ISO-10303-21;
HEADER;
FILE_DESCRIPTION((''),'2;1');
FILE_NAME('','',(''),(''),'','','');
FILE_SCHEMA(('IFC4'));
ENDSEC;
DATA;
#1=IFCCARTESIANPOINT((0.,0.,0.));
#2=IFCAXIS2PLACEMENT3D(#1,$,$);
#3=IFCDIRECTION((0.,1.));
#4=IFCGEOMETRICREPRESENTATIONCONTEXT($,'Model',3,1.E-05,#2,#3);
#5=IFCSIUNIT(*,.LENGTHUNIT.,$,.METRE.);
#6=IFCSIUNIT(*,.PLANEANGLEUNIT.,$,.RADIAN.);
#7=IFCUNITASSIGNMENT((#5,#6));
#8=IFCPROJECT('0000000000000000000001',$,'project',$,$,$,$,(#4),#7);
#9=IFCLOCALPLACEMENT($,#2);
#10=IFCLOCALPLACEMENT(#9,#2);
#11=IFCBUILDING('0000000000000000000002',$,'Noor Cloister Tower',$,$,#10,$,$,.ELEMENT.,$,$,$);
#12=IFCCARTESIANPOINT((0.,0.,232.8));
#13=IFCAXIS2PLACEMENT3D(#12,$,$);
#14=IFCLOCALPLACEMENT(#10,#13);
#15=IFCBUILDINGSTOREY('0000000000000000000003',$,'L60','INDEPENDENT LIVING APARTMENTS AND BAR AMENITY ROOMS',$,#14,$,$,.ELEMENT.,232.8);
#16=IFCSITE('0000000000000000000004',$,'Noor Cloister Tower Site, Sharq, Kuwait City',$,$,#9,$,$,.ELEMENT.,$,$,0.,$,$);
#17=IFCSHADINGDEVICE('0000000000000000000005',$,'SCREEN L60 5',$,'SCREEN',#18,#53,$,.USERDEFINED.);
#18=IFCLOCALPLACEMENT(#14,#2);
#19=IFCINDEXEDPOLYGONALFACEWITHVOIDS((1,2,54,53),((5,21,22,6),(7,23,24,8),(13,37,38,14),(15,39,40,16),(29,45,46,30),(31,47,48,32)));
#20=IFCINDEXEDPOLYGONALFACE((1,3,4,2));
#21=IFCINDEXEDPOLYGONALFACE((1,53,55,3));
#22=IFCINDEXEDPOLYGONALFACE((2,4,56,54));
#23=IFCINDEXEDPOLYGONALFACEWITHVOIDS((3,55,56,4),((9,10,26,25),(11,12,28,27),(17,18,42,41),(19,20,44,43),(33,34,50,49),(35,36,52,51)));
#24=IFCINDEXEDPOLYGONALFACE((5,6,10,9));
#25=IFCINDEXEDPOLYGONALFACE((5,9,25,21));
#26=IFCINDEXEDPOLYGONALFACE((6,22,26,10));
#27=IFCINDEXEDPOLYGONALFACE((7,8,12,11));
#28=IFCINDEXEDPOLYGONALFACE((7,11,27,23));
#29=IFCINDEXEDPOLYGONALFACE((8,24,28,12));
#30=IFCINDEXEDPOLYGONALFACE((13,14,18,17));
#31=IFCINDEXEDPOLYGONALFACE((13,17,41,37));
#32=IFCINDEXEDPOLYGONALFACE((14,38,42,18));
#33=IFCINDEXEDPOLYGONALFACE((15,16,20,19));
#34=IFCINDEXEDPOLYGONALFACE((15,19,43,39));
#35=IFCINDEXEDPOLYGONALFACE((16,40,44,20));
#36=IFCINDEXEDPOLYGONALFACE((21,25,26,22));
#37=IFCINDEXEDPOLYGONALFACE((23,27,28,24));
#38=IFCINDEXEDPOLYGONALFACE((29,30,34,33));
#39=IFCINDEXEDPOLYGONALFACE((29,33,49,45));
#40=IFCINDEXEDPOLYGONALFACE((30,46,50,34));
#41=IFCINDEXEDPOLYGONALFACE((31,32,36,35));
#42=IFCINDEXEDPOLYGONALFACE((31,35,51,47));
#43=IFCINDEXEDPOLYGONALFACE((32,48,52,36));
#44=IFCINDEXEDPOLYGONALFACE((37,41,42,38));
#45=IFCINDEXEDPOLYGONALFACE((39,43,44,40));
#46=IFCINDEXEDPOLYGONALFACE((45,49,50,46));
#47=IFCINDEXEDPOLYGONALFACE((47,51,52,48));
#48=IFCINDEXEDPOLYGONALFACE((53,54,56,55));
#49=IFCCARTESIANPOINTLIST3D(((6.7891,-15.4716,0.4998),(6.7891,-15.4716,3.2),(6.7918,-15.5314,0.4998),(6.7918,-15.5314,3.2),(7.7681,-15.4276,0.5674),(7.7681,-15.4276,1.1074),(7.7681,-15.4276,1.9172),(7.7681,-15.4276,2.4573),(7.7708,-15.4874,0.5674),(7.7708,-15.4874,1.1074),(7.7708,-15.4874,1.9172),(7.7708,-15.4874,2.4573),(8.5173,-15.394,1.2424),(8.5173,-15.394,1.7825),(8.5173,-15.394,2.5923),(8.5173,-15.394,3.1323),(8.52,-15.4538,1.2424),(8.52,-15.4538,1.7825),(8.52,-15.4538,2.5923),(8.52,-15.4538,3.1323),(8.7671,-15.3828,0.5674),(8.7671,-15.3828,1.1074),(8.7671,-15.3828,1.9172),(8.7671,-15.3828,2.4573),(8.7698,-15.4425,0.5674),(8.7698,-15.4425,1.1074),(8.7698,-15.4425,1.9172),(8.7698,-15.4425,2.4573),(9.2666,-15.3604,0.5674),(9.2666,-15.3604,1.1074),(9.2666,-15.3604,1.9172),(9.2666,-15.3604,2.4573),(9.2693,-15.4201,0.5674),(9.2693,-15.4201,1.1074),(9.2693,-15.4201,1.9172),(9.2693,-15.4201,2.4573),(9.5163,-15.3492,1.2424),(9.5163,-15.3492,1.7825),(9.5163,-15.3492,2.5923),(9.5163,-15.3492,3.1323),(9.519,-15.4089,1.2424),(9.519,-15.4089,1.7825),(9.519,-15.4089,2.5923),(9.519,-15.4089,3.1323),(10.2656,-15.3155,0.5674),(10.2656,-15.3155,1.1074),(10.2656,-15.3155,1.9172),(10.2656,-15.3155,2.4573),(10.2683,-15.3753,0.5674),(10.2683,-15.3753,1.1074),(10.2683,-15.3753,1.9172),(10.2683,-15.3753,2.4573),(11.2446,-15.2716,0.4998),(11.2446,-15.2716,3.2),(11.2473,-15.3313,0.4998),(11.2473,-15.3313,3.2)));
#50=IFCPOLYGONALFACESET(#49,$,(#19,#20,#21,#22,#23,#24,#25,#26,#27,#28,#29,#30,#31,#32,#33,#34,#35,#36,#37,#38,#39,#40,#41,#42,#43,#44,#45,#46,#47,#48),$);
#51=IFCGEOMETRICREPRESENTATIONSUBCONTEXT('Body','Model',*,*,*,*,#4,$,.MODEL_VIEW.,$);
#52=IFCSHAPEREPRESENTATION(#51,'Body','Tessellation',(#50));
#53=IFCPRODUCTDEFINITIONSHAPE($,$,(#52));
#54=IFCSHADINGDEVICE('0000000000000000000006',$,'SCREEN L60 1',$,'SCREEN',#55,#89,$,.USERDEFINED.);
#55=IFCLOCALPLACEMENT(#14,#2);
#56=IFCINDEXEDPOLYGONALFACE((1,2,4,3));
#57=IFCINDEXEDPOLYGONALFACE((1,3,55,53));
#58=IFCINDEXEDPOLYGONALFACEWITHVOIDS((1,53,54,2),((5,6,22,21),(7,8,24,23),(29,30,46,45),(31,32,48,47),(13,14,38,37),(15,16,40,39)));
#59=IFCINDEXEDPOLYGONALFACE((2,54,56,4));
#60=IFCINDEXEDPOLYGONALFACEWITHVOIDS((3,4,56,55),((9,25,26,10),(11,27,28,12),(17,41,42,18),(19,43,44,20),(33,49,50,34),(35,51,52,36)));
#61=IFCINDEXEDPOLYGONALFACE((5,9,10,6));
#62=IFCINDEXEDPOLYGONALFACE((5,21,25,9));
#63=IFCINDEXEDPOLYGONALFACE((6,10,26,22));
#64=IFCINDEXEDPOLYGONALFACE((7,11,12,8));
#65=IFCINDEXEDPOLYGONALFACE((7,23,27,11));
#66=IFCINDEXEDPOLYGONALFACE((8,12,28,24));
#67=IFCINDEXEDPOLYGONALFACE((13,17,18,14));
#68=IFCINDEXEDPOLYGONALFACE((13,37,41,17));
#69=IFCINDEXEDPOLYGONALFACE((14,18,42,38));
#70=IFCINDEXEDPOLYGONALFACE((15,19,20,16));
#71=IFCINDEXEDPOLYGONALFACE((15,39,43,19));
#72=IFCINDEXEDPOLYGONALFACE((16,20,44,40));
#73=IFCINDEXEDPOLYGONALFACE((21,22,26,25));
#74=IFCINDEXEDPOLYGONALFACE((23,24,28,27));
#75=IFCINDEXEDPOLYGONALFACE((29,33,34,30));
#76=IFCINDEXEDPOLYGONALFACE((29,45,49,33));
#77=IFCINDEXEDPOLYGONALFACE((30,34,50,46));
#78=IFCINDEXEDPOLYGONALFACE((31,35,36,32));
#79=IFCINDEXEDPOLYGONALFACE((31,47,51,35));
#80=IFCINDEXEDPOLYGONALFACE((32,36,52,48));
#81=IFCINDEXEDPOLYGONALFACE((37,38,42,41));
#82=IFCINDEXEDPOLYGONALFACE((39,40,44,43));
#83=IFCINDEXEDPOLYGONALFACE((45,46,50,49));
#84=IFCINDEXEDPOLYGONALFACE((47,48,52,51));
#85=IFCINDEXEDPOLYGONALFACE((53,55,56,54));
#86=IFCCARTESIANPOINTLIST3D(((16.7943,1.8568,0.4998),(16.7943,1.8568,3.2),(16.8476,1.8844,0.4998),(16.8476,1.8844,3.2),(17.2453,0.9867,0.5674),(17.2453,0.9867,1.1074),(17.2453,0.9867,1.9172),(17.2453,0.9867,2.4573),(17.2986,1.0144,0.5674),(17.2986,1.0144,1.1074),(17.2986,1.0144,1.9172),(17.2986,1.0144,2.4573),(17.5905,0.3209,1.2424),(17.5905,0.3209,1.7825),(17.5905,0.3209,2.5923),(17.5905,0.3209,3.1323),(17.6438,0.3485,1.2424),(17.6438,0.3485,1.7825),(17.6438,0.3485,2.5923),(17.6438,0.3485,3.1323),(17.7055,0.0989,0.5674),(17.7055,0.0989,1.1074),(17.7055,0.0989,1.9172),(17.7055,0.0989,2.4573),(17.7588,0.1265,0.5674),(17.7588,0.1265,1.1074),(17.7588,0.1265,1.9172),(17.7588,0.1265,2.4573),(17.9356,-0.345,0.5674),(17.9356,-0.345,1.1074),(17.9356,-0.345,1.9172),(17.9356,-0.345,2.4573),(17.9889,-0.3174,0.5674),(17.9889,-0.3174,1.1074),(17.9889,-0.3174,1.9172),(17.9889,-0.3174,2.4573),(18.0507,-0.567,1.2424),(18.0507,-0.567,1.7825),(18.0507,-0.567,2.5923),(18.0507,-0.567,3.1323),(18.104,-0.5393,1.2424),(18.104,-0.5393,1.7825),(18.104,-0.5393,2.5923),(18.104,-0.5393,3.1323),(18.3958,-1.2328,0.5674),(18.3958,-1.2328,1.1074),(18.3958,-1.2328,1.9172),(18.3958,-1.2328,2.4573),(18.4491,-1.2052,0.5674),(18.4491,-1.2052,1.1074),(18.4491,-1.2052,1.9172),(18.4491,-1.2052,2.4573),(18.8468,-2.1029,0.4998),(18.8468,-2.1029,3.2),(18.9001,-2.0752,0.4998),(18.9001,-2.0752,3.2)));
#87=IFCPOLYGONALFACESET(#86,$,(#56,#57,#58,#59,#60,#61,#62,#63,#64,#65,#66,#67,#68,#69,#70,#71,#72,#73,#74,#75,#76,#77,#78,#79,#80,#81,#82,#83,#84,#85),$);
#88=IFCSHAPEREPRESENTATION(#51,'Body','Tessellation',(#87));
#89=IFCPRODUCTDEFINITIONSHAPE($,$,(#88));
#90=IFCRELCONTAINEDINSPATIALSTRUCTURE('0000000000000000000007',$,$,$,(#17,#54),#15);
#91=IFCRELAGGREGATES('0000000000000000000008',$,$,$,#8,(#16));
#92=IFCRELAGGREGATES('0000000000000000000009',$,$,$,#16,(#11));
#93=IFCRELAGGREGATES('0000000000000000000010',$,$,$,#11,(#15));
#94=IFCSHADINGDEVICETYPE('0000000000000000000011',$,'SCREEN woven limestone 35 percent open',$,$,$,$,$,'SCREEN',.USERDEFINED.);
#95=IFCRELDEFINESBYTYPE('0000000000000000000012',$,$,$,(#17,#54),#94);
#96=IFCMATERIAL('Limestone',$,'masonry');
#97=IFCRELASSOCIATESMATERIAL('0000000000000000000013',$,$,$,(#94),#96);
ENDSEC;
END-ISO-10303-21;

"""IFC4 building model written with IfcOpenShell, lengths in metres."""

from ifc_helpers import new_model, si_unit, direction, frame, origin, place, context, subcontext, project, spatial, polyline, outline, extrude, material, material_profile, profile_set, type_object, element, save


model = new_model("IFC4")

# Units and contexts
model_context = context("Model", 3, precision=1e-05, world=origin(), true_north=direction((0.0, 1.0)))
body_context = subcontext(model_context, "Body", "Model", "MODEL_VIEW")
ifc_project = project(units=[si_unit("LENGTHUNIT", "METRE"), si_unit("PLANEANGLEUNIT", "RADIAN")], contexts=[model_context])

# Site, building, storey
site_placement = place(None, origin())
site = spatial("IfcSite", under=ifc_project, at=site_placement, Name="Noor Cloister Tower Site, Sharq, Kuwait City", CompositionType="ELEMENT", RefElevation=0.0)
building_placement = place(site_placement, origin())
building = spatial("IfcBuilding", under=site, at=building_placement, Name="Noor Cloister Tower", CompositionType="ELEMENT")
storey_placement = place(building_placement, frame((0.0, 0.0, 232.8)))
storey = spatial("IfcBuildingStorey", under=building, at=storey_placement, Name="L60", Description="INDEPENDENT LIVING APARTMENTS AND BAR AMENITY ROOMS", CompositionType="ELEMENT", Elevation=232.8)

# Shading devices
ifc_material_1 = material(Name="Limestone", Category="masonry")
ifc_material_profile_1 = material_profile(ifc_material_1, outline(polyline([(-2.23, -1.3501), (2.23, -1.3501), (2.23, 1.3501), (-2.23, 1.3501), (-2.23, -1.3501)]), holes=[polyline([(-1.25, -1.2825), (-0.25, -1.2825), (-0.25, -0.7424), (-1.25, -0.7424), (-1.25, -1.2825)]), polyline([(0.25, -1.2825), (1.25, -1.2825), (1.25, -0.7424), (0.25, -0.7424), (0.25, -1.2825)]), polyline([(-0.5, -0.6074), (0.5, -0.6074), (0.5, -0.0674), (-0.5, -0.0674), (-0.5, -0.6074)]), polyline([(-1.25, 0.0674), (-0.25, 0.0674), (-0.25, 0.6074), (-1.25, 0.6074), (-1.25, 0.0674)]), polyline([(0.25, 0.0674), (1.25, 0.0674), (1.25, 0.6074), (0.25, 0.6074), (0.25, 0.0674)]), polyline([(-0.5, 0.7424), (0.5, 0.7424), (0.5, 1.2825), (-0.5, 1.2825), (-0.5, 0.7424)])]), Name="Woven screen 35 percent open")
ifc_profile_set_1 = profile_set([ifc_material_profile_1], Name="Limestone")
shading_device_type = type_object("IfcShadingDeviceType", Name="SCREEN woven limestone 35 percent open", ElementType="SCREEN", PredefinedType="USERDEFINED", material=ifc_profile_set_1)
shading_device_1_placement = place(storey_placement, frame((9.0168, -15.3716, 1.8499), z_axis=(0.044853, -0.998994, 0.0), x_axis=(0.998994, 0.044853, 0.0)))
element("IfcShadingDevice", 1, at=shading_device_1_placement, inside=storey, type_object=shading_device_type, Name="SCREEN L60 5", ObjectType="SCREEN", PredefinedType="USERDEFINED", context=body_context, shape_type="SweptSolid", body=[
    extrude(outline(polyline([(-2.23, -1.3501), (2.23, -1.3501), (2.23, 1.3501), (-2.23, 1.3501), (-2.23, -1.3501)]), holes=[polyline([(-1.25, -1.2825), (-0.25, -1.2825), (-0.25, -0.7424), (-1.25, -0.7424), (-1.25, -1.2825)]), polyline([(0.25, -1.2825), (1.25, -1.2825), (1.25, -0.7424), (0.25, -0.7424), (0.25, -1.2825)]), polyline([(-0.5, -0.6074), (0.5, -0.6074), (0.5, -0.0674), (-0.5, -0.0674), (-0.5, -0.6074)]), polyline([(-1.25, 0.0674), (-0.25, 0.0674), (-0.25, 0.6074), (-1.25, 0.6074), (-1.25, 0.0674)]), polyline([(0.25, 0.0674), (1.25, 0.0674), (1.25, 0.6074), (0.25, 0.6074), (0.25, 0.0674)]), polyline([(-0.5, 0.7424), (0.5, 0.7424), (0.5, 1.2825), (-0.5, 1.2825), (-0.5, 0.7424)])]), origin(), (0.0, 0.0, 1.0), 0.0598),
])
shading_device_2_placement = place(storey_placement, frame((17.8206, -0.123, 1.8499), z_axis=(0.887816, 0.460198, 0.0), x_axis=(-0.460198, 0.887816, 0.0)))
element("IfcShadingDevice", 2, at=shading_device_2_placement, inside=storey, type_object=shading_device_type, Name="SCREEN L60 1", ObjectType="SCREEN", PredefinedType="USERDEFINED", context=body_context, shape_type="SweptSolid", body=[
    extrude(outline(polyline([(-2.23, -1.3501), (2.23, -1.3501), (2.23, 1.3501), (-2.23, 1.3501), (-2.23, -1.3501)]), holes=[polyline([(-1.25, -1.2825), (-0.25, -1.2825), (-0.25, -0.7424), (-1.25, -0.7424), (-1.25, -1.2825)]), polyline([(0.25, -1.2825), (1.25, -1.2825), (1.25, -0.7424), (0.25, -0.7424), (0.25, -1.2825)]), polyline([(-0.5, -0.6074), (0.5, -0.6074), (0.5, -0.0674), (-0.5, -0.0674), (-0.5, -0.6074)]), polyline([(-1.25, 0.0674), (-0.25, 0.0674), (-0.25, 0.6074), (-1.25, 0.6074), (-1.25, 0.0674)]), polyline([(0.25, 0.0674), (1.25, 0.0674), (1.25, 0.6074), (0.25, 0.6074), (0.25, 0.0674)]), polyline([(-0.5, 0.7424), (0.5, 0.7424), (0.5, 1.2825), (-0.5, 1.2825), (-0.5, 0.7424)])]), origin(), (0.0, 0.0, 1.0), 0.0601),
])

save(model, "model.ifc")
